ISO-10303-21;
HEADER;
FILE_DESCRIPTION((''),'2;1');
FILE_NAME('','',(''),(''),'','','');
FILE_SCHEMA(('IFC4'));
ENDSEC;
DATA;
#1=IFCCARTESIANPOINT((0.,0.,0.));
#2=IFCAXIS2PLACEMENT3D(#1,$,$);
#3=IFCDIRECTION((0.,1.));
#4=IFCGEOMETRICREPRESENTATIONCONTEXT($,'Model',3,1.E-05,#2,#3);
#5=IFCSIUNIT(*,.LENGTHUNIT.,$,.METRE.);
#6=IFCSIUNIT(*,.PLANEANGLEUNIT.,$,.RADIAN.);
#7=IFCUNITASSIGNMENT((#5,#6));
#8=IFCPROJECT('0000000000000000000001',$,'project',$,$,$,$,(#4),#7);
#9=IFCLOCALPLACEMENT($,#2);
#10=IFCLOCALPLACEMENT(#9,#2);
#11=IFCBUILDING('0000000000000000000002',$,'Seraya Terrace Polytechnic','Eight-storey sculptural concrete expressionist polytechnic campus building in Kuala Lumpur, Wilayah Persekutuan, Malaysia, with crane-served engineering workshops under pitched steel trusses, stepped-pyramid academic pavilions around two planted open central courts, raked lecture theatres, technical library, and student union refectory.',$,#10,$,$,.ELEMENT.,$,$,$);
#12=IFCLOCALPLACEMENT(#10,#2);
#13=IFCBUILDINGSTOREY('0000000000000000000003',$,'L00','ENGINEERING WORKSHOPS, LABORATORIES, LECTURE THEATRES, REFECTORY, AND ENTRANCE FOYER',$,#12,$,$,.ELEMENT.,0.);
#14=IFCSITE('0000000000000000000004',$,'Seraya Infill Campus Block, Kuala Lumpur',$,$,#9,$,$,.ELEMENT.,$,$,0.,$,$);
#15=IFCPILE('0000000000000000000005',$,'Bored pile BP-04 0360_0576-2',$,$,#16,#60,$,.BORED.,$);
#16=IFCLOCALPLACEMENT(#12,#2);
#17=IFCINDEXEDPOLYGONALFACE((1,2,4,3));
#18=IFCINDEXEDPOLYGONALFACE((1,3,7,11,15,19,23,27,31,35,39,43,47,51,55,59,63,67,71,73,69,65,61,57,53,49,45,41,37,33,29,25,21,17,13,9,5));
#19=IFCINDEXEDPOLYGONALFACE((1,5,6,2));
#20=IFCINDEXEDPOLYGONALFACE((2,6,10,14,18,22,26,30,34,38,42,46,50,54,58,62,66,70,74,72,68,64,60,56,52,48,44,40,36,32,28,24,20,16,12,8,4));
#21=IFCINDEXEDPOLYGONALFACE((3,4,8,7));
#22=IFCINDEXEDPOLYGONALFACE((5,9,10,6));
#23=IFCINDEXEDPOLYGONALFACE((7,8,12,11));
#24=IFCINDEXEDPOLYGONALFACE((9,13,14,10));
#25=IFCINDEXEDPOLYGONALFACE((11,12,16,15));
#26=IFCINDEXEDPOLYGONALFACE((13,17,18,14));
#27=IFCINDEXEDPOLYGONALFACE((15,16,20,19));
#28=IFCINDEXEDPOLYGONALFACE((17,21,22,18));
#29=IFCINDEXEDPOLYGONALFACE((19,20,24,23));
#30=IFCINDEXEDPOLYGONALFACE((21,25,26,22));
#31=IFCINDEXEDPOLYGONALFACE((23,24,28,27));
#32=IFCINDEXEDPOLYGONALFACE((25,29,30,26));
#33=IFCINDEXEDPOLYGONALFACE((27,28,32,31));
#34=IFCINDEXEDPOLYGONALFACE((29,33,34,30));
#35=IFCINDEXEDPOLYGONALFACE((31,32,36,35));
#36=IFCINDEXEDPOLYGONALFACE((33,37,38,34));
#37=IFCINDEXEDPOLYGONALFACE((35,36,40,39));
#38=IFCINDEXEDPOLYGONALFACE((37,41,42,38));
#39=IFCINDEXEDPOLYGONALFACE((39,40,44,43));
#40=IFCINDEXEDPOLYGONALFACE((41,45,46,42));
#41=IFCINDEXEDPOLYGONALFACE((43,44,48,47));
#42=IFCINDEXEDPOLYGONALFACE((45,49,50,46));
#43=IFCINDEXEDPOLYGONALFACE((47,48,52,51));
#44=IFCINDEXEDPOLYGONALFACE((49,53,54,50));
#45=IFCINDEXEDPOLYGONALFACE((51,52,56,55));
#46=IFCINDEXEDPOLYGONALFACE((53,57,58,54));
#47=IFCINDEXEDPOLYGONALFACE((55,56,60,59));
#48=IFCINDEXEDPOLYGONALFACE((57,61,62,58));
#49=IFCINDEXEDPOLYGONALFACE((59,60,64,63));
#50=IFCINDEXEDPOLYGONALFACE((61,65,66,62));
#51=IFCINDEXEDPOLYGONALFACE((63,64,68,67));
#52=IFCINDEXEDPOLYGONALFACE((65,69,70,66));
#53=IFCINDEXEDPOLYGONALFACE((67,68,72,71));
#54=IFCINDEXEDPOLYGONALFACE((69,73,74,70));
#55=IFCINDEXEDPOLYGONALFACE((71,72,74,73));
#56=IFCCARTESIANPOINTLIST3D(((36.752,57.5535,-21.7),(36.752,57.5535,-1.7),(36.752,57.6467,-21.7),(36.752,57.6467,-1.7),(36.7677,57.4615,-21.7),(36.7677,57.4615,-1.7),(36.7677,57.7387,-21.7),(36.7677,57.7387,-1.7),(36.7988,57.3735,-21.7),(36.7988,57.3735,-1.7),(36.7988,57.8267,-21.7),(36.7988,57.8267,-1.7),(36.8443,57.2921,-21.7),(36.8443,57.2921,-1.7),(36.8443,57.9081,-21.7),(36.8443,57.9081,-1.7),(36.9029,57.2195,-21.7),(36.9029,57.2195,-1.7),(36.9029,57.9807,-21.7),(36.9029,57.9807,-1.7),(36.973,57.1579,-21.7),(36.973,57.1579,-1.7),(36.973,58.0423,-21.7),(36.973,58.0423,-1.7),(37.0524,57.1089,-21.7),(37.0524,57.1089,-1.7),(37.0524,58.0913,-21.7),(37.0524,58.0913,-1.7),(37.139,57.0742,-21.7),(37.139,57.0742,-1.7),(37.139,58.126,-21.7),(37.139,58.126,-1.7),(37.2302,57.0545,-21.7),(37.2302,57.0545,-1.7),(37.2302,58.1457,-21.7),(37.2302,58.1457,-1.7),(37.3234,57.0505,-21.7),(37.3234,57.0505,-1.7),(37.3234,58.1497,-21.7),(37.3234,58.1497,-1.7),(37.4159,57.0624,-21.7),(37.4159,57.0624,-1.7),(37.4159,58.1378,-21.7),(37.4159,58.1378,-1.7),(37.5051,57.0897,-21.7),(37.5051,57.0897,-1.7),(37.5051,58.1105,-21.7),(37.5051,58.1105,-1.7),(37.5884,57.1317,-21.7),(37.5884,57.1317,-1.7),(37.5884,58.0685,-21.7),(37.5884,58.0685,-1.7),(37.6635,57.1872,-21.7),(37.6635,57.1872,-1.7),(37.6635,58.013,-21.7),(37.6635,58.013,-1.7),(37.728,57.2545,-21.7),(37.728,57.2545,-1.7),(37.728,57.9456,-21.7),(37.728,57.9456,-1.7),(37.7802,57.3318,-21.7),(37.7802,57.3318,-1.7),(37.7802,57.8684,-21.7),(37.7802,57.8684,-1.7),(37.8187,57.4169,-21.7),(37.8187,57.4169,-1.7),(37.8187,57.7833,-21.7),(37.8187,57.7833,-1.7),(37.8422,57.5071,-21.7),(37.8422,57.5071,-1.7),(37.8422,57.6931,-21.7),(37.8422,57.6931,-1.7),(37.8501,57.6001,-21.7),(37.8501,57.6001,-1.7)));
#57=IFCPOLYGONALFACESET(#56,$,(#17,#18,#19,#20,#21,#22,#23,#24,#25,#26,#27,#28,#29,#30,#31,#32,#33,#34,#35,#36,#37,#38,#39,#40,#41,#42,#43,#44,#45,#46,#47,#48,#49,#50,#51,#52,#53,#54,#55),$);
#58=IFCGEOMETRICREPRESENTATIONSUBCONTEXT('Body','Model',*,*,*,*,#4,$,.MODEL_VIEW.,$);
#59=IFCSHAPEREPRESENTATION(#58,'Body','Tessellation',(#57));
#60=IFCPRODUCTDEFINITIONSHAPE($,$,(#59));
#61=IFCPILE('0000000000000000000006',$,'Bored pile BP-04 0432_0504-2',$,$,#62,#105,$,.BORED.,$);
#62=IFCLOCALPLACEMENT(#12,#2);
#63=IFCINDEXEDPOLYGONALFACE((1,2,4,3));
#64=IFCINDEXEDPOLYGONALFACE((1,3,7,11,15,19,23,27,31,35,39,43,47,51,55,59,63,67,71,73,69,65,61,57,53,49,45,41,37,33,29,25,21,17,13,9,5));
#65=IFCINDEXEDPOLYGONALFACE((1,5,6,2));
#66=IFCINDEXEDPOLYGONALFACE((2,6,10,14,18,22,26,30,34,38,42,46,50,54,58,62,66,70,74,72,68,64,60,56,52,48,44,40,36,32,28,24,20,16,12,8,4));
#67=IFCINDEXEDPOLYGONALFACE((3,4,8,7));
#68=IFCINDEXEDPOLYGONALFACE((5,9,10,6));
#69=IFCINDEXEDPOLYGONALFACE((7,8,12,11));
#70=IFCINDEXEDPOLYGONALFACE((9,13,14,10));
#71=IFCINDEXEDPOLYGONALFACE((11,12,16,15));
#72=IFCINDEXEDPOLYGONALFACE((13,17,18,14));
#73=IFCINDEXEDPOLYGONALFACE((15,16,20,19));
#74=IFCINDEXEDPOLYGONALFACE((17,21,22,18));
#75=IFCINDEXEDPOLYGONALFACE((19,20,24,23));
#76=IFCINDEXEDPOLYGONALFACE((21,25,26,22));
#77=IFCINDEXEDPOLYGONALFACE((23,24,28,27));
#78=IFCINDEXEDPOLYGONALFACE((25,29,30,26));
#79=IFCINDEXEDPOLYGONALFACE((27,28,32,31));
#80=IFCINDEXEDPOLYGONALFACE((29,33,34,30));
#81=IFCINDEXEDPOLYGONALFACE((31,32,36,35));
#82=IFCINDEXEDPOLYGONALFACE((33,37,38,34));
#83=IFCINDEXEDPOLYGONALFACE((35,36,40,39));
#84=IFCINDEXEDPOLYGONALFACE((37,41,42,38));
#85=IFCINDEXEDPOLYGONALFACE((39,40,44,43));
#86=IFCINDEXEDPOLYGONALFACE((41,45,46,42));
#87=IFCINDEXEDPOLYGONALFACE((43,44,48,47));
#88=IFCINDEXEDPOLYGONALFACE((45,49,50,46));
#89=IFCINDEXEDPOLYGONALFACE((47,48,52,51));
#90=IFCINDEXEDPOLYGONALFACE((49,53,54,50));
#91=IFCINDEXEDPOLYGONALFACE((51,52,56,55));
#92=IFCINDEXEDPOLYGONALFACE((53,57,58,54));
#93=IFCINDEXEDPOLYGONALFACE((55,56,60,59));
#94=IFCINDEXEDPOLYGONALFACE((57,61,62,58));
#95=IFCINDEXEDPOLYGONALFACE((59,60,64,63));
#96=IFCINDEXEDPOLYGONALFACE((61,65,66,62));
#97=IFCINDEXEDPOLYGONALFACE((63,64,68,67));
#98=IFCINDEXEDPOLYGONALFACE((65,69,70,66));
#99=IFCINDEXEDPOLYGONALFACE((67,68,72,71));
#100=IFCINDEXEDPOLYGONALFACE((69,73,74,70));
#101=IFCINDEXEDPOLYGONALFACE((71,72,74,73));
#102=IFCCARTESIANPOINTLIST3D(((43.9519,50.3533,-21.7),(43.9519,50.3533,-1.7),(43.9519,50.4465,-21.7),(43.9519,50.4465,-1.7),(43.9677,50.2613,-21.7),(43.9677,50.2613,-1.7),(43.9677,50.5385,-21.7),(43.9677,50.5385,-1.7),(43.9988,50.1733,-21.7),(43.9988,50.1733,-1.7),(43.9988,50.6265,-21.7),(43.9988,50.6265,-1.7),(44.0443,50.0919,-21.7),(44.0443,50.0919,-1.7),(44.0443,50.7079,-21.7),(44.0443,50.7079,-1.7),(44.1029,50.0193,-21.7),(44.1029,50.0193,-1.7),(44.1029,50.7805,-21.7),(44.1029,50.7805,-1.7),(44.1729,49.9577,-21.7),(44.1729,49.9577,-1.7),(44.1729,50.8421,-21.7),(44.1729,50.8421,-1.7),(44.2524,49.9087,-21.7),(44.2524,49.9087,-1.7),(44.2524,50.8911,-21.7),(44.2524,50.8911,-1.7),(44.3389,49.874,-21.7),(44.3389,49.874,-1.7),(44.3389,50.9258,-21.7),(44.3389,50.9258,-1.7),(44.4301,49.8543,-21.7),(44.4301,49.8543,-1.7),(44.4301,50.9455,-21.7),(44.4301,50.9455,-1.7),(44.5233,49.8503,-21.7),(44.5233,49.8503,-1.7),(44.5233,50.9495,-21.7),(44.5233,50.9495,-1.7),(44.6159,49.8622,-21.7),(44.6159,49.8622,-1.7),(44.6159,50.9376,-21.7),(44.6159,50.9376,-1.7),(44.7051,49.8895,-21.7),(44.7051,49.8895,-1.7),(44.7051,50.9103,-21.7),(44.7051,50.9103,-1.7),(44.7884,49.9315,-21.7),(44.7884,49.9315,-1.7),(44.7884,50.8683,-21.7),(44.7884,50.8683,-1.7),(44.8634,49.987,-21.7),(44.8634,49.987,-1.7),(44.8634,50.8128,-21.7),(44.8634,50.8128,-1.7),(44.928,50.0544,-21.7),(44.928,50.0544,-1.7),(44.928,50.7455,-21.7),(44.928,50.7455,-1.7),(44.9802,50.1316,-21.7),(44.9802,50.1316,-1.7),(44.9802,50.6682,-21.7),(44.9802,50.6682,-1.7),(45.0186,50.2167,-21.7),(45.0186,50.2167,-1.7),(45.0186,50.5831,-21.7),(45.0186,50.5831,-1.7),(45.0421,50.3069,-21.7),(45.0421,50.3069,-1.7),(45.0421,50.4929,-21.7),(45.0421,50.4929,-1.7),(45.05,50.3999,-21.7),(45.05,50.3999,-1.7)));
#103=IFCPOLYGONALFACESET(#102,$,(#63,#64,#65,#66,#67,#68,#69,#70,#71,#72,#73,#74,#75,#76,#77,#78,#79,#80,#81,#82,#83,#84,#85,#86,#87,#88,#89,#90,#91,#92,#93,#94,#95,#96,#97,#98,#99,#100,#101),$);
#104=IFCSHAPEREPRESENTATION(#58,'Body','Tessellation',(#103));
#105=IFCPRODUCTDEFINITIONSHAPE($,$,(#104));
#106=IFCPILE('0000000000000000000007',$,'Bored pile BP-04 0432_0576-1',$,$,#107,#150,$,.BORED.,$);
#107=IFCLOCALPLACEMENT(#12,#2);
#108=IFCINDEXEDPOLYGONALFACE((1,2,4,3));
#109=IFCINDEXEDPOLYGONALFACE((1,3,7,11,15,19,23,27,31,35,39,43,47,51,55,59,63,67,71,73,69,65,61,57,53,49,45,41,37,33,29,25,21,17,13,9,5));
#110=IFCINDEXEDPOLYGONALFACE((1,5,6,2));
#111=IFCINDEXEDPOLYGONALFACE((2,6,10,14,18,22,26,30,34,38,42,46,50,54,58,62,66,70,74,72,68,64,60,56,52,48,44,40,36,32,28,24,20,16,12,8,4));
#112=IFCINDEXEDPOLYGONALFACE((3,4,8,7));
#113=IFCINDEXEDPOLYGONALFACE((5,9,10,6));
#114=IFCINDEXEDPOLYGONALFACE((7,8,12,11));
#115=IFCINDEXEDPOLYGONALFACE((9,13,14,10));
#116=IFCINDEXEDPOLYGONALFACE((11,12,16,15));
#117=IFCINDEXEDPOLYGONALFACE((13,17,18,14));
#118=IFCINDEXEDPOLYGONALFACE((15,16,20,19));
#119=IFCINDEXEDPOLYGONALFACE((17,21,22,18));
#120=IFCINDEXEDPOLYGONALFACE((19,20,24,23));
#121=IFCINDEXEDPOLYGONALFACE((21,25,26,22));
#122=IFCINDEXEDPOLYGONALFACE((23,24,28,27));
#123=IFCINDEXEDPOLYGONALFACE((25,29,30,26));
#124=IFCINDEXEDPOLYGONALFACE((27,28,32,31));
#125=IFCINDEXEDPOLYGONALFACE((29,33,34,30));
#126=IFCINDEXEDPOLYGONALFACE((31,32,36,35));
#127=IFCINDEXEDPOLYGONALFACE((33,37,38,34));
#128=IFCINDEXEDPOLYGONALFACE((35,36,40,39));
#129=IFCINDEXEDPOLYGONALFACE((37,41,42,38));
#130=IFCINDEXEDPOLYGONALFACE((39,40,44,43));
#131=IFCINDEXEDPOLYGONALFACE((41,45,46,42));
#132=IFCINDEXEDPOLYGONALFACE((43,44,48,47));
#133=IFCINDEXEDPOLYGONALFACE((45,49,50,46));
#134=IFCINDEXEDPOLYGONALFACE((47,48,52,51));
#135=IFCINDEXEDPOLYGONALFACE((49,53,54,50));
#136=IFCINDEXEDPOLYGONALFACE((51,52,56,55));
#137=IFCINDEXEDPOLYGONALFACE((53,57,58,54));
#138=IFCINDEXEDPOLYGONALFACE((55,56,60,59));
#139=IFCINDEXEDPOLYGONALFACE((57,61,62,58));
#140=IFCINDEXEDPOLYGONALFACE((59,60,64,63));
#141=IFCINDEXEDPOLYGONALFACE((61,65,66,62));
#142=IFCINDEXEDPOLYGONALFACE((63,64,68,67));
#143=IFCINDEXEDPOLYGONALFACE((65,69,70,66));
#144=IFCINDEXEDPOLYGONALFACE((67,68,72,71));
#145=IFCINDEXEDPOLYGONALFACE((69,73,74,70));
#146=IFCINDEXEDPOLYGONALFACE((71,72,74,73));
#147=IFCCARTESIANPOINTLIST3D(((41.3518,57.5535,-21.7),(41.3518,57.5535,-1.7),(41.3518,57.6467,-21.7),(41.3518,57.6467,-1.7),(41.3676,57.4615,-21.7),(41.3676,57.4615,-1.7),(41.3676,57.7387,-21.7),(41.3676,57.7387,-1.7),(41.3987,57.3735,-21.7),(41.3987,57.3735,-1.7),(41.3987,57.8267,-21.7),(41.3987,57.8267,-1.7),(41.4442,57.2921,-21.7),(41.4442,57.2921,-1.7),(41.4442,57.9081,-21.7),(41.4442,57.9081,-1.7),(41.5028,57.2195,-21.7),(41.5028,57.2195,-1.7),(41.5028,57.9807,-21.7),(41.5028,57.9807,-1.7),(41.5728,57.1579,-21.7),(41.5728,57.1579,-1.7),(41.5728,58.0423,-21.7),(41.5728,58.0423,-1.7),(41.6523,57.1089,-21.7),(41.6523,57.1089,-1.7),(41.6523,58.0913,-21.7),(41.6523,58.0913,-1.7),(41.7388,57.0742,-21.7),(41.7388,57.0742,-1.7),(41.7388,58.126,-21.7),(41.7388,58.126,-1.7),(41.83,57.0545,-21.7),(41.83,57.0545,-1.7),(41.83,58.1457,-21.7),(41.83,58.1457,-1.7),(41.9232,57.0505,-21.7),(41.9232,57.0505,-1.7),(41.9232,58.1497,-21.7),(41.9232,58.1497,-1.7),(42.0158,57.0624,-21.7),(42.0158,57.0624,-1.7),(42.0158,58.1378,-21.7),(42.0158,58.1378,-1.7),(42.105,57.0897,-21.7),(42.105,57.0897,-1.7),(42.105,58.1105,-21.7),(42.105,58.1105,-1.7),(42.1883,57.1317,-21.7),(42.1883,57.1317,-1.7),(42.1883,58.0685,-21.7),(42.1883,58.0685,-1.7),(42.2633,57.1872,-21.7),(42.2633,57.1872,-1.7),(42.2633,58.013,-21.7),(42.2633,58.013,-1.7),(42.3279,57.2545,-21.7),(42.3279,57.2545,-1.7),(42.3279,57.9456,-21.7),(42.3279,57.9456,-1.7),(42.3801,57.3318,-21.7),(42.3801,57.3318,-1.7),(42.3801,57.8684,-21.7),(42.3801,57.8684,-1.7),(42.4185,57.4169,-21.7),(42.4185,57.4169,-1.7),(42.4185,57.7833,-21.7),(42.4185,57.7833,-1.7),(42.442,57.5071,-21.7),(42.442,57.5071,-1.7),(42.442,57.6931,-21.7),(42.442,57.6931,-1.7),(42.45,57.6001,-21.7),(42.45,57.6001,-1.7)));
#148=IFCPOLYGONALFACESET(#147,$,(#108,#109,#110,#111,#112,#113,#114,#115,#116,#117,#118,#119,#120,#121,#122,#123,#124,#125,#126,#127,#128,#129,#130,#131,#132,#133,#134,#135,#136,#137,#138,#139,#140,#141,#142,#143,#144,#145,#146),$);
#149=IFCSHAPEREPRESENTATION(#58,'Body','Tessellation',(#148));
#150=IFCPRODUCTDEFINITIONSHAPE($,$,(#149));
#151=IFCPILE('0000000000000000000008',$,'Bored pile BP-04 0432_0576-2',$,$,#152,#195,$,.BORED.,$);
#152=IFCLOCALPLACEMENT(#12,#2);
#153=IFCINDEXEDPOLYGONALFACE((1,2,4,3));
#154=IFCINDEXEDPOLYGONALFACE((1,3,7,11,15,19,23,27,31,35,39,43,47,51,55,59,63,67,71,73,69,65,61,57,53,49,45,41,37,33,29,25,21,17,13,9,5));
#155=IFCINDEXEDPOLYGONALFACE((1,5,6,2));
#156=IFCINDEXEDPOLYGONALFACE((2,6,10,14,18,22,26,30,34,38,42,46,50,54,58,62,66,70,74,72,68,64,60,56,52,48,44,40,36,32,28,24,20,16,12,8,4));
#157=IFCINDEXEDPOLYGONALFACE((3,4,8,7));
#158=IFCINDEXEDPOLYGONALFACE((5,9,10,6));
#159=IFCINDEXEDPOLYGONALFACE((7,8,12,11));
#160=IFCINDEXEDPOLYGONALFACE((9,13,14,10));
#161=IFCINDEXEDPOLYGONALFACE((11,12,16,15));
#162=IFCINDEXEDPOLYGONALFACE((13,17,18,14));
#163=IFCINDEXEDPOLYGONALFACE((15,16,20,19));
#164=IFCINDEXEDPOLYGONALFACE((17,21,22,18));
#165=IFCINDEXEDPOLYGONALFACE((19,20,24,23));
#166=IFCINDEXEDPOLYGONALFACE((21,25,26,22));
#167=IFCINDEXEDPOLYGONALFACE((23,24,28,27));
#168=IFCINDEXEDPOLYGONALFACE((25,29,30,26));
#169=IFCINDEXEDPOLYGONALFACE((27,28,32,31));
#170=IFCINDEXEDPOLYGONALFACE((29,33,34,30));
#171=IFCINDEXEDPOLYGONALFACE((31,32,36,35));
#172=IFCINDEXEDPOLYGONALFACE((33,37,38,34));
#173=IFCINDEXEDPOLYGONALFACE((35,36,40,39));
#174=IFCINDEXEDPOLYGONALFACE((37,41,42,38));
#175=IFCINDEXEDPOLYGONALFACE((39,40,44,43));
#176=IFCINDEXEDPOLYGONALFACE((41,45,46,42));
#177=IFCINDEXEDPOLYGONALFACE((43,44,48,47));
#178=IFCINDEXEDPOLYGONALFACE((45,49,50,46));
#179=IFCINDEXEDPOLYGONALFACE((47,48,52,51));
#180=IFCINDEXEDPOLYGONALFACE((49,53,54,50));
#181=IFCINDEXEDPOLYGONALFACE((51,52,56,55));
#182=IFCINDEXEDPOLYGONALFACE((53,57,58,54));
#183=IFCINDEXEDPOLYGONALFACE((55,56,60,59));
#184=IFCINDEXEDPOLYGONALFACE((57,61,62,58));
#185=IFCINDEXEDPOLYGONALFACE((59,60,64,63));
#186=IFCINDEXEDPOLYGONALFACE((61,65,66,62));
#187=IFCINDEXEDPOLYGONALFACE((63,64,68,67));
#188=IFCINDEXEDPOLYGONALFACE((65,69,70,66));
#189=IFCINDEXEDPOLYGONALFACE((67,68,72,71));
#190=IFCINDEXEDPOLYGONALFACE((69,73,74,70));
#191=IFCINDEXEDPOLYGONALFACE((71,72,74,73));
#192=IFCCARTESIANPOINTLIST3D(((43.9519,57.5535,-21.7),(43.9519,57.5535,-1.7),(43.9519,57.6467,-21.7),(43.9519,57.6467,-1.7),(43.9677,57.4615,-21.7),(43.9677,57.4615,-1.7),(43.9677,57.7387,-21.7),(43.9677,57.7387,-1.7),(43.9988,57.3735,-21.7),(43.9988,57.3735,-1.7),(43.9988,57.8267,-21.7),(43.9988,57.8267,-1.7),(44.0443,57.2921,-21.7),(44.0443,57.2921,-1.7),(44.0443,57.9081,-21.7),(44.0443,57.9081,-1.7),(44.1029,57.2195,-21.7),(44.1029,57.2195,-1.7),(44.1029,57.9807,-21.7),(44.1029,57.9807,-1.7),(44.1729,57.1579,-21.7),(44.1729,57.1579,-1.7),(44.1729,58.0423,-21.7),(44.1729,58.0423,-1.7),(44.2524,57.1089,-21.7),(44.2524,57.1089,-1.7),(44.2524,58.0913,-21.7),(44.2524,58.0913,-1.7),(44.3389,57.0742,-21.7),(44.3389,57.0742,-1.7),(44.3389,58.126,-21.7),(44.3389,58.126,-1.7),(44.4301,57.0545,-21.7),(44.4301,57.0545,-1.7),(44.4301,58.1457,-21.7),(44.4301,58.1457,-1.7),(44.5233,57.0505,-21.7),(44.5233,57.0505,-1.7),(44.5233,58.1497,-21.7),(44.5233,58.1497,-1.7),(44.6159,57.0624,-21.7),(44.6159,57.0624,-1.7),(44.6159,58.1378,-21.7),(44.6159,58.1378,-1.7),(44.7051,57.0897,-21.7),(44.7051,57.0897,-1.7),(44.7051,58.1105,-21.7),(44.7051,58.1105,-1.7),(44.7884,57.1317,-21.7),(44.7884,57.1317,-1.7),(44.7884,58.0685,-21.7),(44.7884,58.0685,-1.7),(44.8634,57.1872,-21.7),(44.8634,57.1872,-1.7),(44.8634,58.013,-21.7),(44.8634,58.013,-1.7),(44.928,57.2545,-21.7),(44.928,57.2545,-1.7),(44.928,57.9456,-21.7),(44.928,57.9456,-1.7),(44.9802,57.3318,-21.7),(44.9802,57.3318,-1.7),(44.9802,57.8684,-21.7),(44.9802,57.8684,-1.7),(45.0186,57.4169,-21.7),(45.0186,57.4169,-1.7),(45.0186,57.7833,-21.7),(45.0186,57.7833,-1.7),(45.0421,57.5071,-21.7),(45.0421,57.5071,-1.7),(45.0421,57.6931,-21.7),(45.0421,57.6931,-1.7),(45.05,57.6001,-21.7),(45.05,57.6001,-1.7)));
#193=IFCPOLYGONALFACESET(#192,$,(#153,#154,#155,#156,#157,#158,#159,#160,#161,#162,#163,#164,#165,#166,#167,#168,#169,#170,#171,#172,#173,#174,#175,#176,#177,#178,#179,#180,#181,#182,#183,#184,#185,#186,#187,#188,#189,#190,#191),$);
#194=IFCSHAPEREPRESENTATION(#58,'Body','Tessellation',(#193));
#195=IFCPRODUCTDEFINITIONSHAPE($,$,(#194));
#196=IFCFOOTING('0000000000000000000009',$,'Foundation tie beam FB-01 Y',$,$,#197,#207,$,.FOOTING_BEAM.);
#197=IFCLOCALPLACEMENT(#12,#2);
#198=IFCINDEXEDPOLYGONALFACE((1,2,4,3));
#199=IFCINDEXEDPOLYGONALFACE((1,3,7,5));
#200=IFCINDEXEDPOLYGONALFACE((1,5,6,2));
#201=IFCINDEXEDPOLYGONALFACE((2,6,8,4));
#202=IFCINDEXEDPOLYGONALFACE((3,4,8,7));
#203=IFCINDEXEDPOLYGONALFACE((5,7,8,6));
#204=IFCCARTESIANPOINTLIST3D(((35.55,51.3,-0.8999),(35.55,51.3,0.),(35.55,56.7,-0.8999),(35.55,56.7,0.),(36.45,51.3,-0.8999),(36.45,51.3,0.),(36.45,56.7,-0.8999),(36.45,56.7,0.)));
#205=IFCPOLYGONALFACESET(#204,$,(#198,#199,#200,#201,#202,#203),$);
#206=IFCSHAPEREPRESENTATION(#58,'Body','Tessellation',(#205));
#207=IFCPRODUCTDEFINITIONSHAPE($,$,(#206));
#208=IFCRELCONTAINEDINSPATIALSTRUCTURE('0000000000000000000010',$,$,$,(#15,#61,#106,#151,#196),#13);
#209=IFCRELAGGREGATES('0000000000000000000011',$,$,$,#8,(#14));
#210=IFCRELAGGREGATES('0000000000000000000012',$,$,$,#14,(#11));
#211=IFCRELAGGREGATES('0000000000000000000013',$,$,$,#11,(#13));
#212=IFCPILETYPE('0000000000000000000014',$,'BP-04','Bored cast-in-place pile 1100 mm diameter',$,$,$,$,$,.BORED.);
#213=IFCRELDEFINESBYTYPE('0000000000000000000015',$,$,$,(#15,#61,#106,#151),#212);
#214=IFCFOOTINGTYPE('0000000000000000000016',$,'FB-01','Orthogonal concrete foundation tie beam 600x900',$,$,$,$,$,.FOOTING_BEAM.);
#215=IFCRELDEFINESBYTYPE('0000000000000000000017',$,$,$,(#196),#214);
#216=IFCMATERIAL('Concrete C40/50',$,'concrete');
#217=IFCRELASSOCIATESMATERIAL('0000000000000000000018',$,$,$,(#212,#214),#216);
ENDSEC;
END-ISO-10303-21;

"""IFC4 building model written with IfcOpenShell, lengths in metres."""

from ifc_helpers import new_model, si_unit, direction, frame, origin, origin_2d, place, context, subcontext, project, spatial, rectangle, circle, extrude, material, material_profile, profile_set, type_object, element, save


model = new_model("IFC4")

# Units and contexts
model_context = context("Model", 3, precision=1e-05, world=origin(), true_north=direction((0.0, 1.0)))
body_context = subcontext(model_context, "Body", "Model", "MODEL_VIEW")
ifc_project = project(units=[si_unit("LENGTHUNIT", "METRE"), si_unit("PLANEANGLEUNIT", "RADIAN")], contexts=[model_context])

# Site, building, storey
site_placement = place(None, origin())
site = spatial("IfcSite", under=ifc_project, at=site_placement, Name="Seraya Infill Campus Block, Kuala Lumpur", CompositionType="ELEMENT", RefElevation=0.0)
building_placement = place(site_placement, origin())
building = spatial("IfcBuilding", under=site, at=building_placement, Name="Seraya Terrace Polytechnic", Description="Eight-storey sculptural concrete expressionist polytechnic campus building in Kuala Lumpur, Wilayah Persekutuan, Malaysia, with crane-served engineering workshops under pitched steel trusses, stepped-pyramid academic pavilions around two planted open central courts, raked lecture theatres, technical library, and student union refectory.", CompositionType="ELEMENT")
storey_placement = place(building_placement, origin())
storey = spatial("IfcBuildingStorey", under=building, at=storey_placement, Name="L00", Description="ENGINEERING WORKSHOPS, LABORATORIES, LECTURE THEATRES, REFECTORY, AND ENTRANCE FOYER", CompositionType="ELEMENT", Elevation=0.0)

# Piles
ifc_material_1 = material(Name="Concrete C40/50", Category="concrete")
ifc_material_profile_1 = material_profile(ifc_material_1, circle(Radius=0.55, at=origin_2d()), Name="DIA 1100")
ifc_profile_set_1 = profile_set([ifc_material_profile_1], Name="Concrete C40/50")
pile_type = type_object("IfcPileType", Name="BP-04", Description="Bored cast-in-place pile 1100 mm diameter", PredefinedType="BORED", material=ifc_profile_set_1)
for number, where, z_axis, x_axis, name in (
    (1, (37.3, 57.6001, -1.7), (0.0, 0.0, -1.0), (1.0, 0.0, 0.0), "Bored pile BP-04 0360_0576-2"),
    (2, (44.5, 50.3999, -1.7), (0.0, 0.0, -1.0), (1.0, 0.0, 0.0), "Bored pile BP-04 0432_0504-2"),
    (3, (41.8999, 57.6001, -1.7), (0.0, 0.0, -1.0), (1.0, 0.0, 0.0), "Bored pile BP-04 0432_0576-1"),
    (4, (44.5, 57.6001, -1.7), (0.0, 0.0, -1.0), (1.0, 0.0, 0.0), "Bored pile BP-04 0432_0576-2"),
):
    element("IfcPile", number, at=place(storey_placement, frame(where, z_axis=z_axis, x_axis=x_axis)), inside=storey, type_object=pile_type, Name=name, PredefinedType="BORED", context=body_context, shape_type="SweptSolid", body=[
        extrude(circle(Radius=0.55, at=origin_2d()), origin(), (0.0, 0.0, 1.0), 20.0),
    ])

# Footing
footing_type_1 = type_object("IfcFootingType", Name="FB-01", Description="Orthogonal concrete foundation tie beam 600x900", PredefinedType="FOOTING_BEAM", material=ifc_material_1)
footing_1_placement = place(storey_placement, frame((36.0, 54.0, -0.8999), z_axis=(0.0, 0.0, 1.0), x_axis=(0.0, 1.0, 0.0)))
element("IfcFooting", 5, at=footing_1_placement, inside=storey, type_object=footing_type_1, Name="Foundation tie beam FB-01 Y", PredefinedType="FOOTING_BEAM", context=body_context, shape_type="SweptSolid", body=[
    extrude(rectangle(XDim=5.3999, YDim=0.8999, at=origin_2d()), origin(), (0.0, 0.0, 1.0), 0.8999),
])

save(model, "model.ifc")
